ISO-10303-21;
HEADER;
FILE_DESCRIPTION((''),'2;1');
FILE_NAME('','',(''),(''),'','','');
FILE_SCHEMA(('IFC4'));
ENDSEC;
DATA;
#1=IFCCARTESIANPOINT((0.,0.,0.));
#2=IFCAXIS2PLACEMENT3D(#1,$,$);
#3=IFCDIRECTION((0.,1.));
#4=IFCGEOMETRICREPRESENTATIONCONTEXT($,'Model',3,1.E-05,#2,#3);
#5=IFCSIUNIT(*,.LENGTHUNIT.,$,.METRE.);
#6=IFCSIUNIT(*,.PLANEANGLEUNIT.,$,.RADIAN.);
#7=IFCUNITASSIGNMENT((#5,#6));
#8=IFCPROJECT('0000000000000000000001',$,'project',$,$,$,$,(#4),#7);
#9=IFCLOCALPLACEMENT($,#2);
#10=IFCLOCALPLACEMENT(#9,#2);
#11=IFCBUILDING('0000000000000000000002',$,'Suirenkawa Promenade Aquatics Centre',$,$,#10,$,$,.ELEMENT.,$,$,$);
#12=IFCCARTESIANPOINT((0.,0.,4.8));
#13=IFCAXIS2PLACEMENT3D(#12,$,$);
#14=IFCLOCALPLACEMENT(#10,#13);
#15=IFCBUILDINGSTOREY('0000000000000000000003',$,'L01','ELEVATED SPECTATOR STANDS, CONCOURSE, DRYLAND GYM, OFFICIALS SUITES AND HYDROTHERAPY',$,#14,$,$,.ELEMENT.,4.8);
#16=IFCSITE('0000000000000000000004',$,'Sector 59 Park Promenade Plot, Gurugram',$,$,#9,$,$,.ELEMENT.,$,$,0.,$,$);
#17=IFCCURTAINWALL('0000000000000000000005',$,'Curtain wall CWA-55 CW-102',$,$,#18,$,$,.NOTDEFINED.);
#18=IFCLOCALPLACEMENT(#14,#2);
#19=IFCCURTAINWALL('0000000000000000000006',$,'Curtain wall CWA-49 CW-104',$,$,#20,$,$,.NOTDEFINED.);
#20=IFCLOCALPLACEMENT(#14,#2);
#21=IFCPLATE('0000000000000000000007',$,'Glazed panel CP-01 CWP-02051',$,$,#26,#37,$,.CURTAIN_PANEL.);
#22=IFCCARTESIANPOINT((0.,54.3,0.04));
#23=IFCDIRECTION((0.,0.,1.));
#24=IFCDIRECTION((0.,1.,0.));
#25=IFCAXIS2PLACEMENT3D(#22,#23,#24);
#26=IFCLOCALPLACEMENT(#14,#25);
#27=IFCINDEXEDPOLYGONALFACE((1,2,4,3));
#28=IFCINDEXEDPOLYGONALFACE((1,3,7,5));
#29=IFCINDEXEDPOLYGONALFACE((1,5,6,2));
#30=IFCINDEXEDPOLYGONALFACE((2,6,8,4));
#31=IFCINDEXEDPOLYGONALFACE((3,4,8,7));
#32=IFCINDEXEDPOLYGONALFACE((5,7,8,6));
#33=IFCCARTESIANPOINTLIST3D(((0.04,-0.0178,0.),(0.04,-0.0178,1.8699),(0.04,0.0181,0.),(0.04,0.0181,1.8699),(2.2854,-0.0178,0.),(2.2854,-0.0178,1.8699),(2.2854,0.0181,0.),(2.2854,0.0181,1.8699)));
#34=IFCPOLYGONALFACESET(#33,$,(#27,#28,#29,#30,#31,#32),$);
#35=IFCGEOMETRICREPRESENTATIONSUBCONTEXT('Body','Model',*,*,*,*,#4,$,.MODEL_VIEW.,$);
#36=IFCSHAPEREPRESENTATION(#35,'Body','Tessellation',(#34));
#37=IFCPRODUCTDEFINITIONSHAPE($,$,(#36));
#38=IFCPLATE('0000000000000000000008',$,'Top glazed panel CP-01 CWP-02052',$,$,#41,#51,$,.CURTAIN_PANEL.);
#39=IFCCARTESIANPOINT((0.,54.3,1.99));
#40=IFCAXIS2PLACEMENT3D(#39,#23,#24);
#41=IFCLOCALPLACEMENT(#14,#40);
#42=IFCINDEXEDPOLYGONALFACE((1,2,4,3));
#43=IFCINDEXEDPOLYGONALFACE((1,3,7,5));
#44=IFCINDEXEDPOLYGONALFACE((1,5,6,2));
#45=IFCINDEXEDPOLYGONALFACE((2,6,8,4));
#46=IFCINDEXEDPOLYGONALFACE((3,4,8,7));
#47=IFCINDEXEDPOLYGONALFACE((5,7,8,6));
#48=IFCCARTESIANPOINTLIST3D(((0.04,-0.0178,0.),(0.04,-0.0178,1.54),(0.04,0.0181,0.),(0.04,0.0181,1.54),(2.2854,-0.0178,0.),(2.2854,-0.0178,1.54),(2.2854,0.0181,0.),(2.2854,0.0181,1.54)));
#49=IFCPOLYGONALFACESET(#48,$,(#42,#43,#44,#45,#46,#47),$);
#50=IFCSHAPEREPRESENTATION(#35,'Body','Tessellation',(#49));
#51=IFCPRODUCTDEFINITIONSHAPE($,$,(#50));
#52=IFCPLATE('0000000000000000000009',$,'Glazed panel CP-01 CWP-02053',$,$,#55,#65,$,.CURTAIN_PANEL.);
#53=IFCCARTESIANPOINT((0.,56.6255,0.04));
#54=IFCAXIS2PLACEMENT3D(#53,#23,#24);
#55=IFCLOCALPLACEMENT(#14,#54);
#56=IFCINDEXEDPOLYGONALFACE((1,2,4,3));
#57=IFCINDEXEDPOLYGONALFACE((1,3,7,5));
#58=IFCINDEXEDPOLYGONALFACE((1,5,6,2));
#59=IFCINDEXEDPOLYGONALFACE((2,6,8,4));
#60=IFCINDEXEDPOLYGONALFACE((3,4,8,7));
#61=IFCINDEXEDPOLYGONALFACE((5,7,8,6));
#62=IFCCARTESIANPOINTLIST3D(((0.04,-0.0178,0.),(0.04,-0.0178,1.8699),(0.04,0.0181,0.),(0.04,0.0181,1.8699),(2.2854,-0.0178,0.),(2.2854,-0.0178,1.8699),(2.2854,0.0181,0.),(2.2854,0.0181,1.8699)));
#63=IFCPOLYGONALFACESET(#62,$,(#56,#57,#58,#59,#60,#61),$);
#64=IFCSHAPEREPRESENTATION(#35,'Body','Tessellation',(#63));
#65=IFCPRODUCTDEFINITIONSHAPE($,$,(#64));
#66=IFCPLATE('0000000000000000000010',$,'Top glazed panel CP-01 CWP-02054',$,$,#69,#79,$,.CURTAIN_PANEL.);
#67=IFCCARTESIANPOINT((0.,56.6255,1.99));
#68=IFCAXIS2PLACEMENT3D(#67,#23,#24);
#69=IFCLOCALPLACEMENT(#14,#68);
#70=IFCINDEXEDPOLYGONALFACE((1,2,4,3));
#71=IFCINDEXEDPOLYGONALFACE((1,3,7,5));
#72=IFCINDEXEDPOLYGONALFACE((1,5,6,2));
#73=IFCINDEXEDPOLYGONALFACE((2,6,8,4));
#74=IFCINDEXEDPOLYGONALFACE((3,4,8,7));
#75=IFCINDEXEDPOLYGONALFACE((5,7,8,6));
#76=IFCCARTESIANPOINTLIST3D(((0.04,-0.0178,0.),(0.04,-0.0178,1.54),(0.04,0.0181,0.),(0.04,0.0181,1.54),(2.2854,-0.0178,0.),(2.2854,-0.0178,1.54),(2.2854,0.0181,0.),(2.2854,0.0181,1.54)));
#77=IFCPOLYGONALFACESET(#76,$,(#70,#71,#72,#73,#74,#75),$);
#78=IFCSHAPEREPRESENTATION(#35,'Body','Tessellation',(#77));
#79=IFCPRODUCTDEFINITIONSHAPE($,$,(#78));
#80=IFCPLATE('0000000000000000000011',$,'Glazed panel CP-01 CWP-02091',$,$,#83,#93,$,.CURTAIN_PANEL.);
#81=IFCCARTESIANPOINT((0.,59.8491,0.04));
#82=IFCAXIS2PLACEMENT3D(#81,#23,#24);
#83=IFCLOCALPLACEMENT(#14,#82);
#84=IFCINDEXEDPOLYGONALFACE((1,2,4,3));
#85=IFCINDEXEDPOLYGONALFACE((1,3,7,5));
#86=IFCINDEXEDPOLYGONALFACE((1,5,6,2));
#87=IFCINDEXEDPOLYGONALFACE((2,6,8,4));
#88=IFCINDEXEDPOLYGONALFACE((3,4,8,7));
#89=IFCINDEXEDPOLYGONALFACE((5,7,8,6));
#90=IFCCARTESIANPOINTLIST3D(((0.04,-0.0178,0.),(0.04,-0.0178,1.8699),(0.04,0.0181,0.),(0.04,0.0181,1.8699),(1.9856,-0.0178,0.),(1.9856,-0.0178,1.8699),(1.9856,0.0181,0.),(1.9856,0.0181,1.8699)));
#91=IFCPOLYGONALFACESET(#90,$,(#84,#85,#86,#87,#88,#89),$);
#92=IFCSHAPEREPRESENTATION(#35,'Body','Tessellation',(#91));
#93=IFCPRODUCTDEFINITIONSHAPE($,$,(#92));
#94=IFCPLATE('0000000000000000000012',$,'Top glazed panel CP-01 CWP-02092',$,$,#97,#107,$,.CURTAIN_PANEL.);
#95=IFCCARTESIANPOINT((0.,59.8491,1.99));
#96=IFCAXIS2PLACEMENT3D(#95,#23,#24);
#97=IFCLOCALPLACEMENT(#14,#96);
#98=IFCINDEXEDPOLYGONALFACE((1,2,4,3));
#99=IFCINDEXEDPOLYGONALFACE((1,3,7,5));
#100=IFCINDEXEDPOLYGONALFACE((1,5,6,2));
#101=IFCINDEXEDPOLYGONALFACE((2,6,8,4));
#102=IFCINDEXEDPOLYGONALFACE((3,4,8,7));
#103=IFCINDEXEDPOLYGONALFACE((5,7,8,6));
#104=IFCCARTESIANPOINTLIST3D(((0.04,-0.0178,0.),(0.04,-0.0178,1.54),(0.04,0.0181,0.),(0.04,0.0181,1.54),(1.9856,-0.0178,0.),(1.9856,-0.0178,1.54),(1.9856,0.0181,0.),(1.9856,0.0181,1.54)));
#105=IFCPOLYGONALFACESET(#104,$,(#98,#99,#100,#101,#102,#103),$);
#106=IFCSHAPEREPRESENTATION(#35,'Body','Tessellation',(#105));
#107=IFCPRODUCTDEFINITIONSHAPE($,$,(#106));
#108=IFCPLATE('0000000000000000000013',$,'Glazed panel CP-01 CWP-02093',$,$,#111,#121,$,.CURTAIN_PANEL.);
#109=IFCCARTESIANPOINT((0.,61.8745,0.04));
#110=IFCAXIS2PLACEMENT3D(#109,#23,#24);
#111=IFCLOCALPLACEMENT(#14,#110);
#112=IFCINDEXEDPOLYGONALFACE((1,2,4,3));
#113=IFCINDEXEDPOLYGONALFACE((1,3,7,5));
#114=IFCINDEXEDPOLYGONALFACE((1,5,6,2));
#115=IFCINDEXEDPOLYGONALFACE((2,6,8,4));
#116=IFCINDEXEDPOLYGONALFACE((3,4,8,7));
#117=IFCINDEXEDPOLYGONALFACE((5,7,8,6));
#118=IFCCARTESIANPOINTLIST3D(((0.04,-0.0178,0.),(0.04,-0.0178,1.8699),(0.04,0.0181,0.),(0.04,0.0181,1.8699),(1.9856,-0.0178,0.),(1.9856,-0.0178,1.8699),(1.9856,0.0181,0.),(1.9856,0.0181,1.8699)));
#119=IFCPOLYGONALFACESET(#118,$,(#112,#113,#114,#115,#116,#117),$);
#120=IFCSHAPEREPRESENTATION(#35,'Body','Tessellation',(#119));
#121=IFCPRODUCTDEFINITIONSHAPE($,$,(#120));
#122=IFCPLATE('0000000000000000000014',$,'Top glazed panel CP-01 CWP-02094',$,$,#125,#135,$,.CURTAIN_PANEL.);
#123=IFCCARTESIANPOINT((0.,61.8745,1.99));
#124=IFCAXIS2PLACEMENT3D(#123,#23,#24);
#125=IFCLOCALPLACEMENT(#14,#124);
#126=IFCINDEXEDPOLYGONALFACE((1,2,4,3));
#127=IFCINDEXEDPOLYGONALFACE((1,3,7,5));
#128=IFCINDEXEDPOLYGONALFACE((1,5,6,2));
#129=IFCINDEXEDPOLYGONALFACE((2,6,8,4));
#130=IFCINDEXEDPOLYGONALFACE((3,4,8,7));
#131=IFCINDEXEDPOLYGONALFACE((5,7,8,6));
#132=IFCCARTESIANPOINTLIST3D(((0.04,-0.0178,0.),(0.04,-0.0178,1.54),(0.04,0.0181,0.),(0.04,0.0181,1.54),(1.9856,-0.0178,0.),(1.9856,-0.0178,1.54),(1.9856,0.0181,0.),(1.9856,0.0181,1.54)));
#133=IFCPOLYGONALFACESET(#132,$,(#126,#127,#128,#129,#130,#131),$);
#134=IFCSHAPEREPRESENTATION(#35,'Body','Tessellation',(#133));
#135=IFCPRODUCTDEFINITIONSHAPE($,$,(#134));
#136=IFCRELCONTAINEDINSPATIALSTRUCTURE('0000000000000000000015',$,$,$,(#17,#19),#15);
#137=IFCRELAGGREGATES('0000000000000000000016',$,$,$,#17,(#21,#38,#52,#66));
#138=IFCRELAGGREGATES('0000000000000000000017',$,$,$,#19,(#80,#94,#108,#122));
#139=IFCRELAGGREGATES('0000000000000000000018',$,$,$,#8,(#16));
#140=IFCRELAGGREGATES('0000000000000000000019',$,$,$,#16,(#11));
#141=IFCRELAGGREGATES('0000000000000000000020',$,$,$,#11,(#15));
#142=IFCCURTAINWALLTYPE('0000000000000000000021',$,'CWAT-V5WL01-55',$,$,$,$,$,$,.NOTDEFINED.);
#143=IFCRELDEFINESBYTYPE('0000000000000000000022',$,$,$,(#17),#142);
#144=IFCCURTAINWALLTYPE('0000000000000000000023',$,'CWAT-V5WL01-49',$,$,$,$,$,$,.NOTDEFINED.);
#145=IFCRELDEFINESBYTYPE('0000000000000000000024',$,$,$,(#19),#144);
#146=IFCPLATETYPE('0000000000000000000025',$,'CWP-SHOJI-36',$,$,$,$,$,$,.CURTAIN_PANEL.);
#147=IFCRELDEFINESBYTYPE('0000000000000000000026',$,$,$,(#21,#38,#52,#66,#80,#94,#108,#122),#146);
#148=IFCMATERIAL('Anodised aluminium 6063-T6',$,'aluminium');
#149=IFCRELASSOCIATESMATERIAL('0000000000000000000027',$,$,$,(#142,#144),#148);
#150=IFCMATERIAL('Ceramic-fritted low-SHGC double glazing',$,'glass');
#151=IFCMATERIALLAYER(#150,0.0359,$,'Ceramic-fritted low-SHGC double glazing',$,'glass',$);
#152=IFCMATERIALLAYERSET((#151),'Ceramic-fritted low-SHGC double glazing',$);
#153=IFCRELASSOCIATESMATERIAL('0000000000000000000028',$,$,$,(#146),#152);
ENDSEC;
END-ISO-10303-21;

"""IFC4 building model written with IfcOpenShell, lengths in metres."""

from ifc_helpers import new_model, si_unit, direction, frame, origin, place, context, subcontext, project, spatial, polyline, outline, extrude, material, layer, layer_set, type_object, element, aggregate, save


model = new_model("IFC4")

# Units and contexts
model_context = context("Model", 3, precision=1e-05, world=origin(), true_north=direction((0.0, 1.0)))
body_context = subcontext(model_context, "Body", "Model", "MODEL_VIEW")
ifc_project = project(units=[si_unit("LENGTHUNIT", "METRE"), si_unit("PLANEANGLEUNIT", "RADIAN")], contexts=[model_context])

# Site, building, storey
site_placement = place(None, origin())
site = spatial("IfcSite", under=ifc_project, at=site_placement, Name="Sector 59 Park Promenade Plot, Gurugram", CompositionType="ELEMENT", RefElevation=0.0)
building_placement = place(site_placement, origin())
building = spatial("IfcBuilding", under=site, at=building_placement, Name="Suirenkawa Promenade Aquatics Centre", CompositionType="ELEMENT")
storey_placement = place(building_placement, frame((0.0, 0.0, 4.8)))
storey = spatial("IfcBuildingStorey", under=building, at=storey_placement, Name="L01", Description="ELEVATED SPECTATOR STANDS, CONCOURSE, DRYLAND GYM, OFFICIALS SUITES AND HYDROTHERAPY", CompositionType="ELEMENT", Elevation=4.8)

# Curtain walls
ifc_material_1 = material(Name="Anodised aluminium 6063-T6", Category="aluminium")
curtain_wall_type_1 = type_object("IfcCurtainWallType", Name="CWAT-V5WL01-55", PredefinedType="NOTDEFINED", material=ifc_material_1)
curtain_wall_1_placement = place(storey_placement, origin())
curtain_wall_1 = element("IfcCurtainWall", 1, at=curtain_wall_1_placement, inside=storey, type_object=curtain_wall_type_1, Name="Curtain wall CWA-55 CW-102", PredefinedType="NOTDEFINED")
curtain_wall_type_2 = type_object("IfcCurtainWallType", Name="CWAT-V5WL01-49", PredefinedType="NOTDEFINED", material=ifc_material_1)
curtain_wall_2_placement = place(storey_placement, origin())
curtain_wall_2 = element("IfcCurtainWall", 2, at=curtain_wall_2_placement, inside=storey, type_object=curtain_wall_type_2, Name="Curtain wall CWA-49 CW-104", PredefinedType="NOTDEFINED")

# Plates
ifc_material_2 = material(Name="Ceramic-fritted low-SHGC double glazing", Category="glass")
ifc_layer_1 = layer(ifc_material_2, 0.0359, Name="Ceramic-fritted low-SHGC double glazing", Category="glass")
ifc_layer_set_1 = layer_set([ifc_layer_1], Name="Ceramic-fritted low-SHGC double glazing")
plate_type = type_object("IfcPlateType", Name="CWP-SHOJI-36", PredefinedType="CURTAIN_PANEL", material=ifc_layer_set_1)
plate_1_placement = place(storey_placement, frame((0.0, 54.3, 0.04), z_axis=(0.0, 0.0, 1.0), x_axis=(0.0, 1.0, 0.0)))
plate_1 = element("IfcPlate", 3, at=plate_1_placement, type_object=plate_type, Name="Glazed panel CP-01 CWP-02051", PredefinedType="CURTAIN_PANEL", context=body_context, shape_type="SweptSolid", body=[
    extrude(outline(polyline([(0.04, 0.0), (2.2854, 0.0), (2.2854, 1.8699), (0.04, 1.8699), (0.04, 0.0)])), frame((0.0, 0.0181, 0.0), z_axis=(0.0, -1.0, 0.0), x_axis=(1.0, 0.0, 0.0)), (0.0, 0.0, 1.0), 0.0359),
])
plate_2_placement = place(storey_placement, frame((0.0, 54.3, 1.99), z_axis=(0.0, 0.0, 1.0), x_axis=(0.0, 1.0, 0.0)))
plate_2 = element("IfcPlate", 4, at=plate_2_placement, type_object=plate_type, Name="Top glazed panel CP-01 CWP-02052", PredefinedType="CURTAIN_PANEL", context=body_context, shape_type="SweptSolid", body=[
    extrude(outline(polyline([(0.04, 0.0), (2.2854, 0.0), (2.2854, 1.54), (0.04, 1.54), (0.04, 0.0)])), frame((0.0, 0.0181, 0.0), z_axis=(0.0, -1.0, 0.0), x_axis=(1.0, 0.0, 0.0)), (0.0, 0.0, 1.0), 0.0359),
])
plate_3_placement = place(storey_placement, frame((0.0, 56.6255, 0.04), z_axis=(0.0, 0.0, 1.0), x_axis=(0.0, 1.0, 0.0)))
plate_3 = element("IfcPlate", 5, at=plate_3_placement, type_object=plate_type, Name="Glazed panel CP-01 CWP-02053", PredefinedType="CURTAIN_PANEL", context=body_context, shape_type="SweptSolid", body=[
    extrude(outline(polyline([(0.04, 0.0), (2.2854, 0.0), (2.2854, 1.8699), (0.04, 1.8699), (0.04, 0.0)])), frame((0.0, 0.0181, 0.0), z_axis=(0.0, -1.0, 0.0), x_axis=(1.0, 0.0, 0.0)), (0.0, 0.0, 1.0), 0.0359),
])
plate_4_placement = place(storey_placement, frame((0.0, 56.6255, 1.99), z_axis=(0.0, 0.0, 1.0), x_axis=(0.0, 1.0, 0.0)))
plate_4 = element("IfcPlate", 6, at=plate_4_placement, type_object=plate_type, Name="Top glazed panel CP-01 CWP-02054", PredefinedType="CURTAIN_PANEL", context=body_context, shape_type="SweptSolid", body=[
    extrude(outline(polyline([(0.04, 0.0), (2.2854, 0.0), (2.2854, 1.54), (0.04, 1.54), (0.04, 0.0)])), frame((0.0, 0.0181, 0.0), z_axis=(0.0, -1.0, 0.0), x_axis=(1.0, 0.0, 0.0)), (0.0, 0.0, 1.0), 0.0359),
])
aggregate(curtain_wall_1, [plate_1, plate_2, plate_3, plate_4])
plate_5_placement = place(storey_placement, frame((0.0, 59.8491, 0.04), z_axis=(0.0, 0.0, 1.0), x_axis=(0.0, 1.0, 0.0)))
plate_5 = element("IfcPlate", 7, at=plate_5_placement, type_object=plate_type, Name="Glazed panel CP-01 CWP-02091", PredefinedType="CURTAIN_PANEL", context=body_context, shape_type="SweptSolid", body=[
    extrude(outline(polyline([(0.04, 0.0), (1.9856, 0.0), (1.9856, 1.8699), (0.04, 1.8699), (0.04, 0.0)])), frame((0.0, 0.0181, 0.0), z_axis=(0.0, -1.0, 0.0), x_axis=(1.0, 0.0, 0.0)), (0.0, 0.0, 1.0), 0.0359),
])
plate_6_placement = place(storey_placement, frame((0.0, 59.8491, 1.99), z_axis=(0.0, 0.0, 1.0), x_axis=(0.0, 1.0, 0.0)))
plate_6 = element("IfcPlate", 8, at=plate_6_placement, type_object=plate_type, Name="Top glazed panel CP-01 CWP-02092", PredefinedType="CURTAIN_PANEL", context=body_context, shape_type="SweptSolid", body=[
    extrude(outline(polyline([(0.04, 0.0), (1.9856, 0.0), (1.9856, 1.54), (0.04, 1.54), (0.04, 0.0)])), frame((0.0, 0.0181, 0.0), z_axis=(0.0, -1.0, 0.0), x_axis=(1.0, 0.0, 0.0)), (0.0, 0.0, 1.0), 0.0359),
])
plate_7_placement = place(storey_placement, frame((0.0, 61.8745, 0.04), z_axis=(0.0, 0.0, 1.0), x_axis=(0.0, 1.0, 0.0)))
plate_7 = element("IfcPlate", 9, at=plate_7_placement, type_object=plate_type, Name="Glazed panel CP-01 CWP-02093", PredefinedType="CURTAIN_PANEL", context=body_context, shape_type="SweptSolid", body=[
    extrude(outline(polyline([(0.04, 0.0), (1.9856, 0.0), (1.9856, 1.8699), (0.04, 1.8699), (0.04, 0.0)])), frame((0.0, 0.0181, 0.0), z_axis=(0.0, -1.0, 0.0), x_axis=(1.0, 0.0, 0.0)), (0.0, 0.0, 1.0), 0.0359),
])
plate_8_placement = place(storey_placement, frame((0.0, 61.8745, 1.99), z_axis=(0.0, 0.0, 1.0), x_axis=(0.0, 1.0, 0.0)))
plate_8 = element("IfcPlate", 10, at=plate_8_placement, type_object=plate_type, Name="Top glazed panel CP-01 CWP-02094", PredefinedType="CURTAIN_PANEL", context=body_context, shape_type="SweptSolid", body=[
    extrude(outline(polyline([(0.04, 0.0), (1.9856, 0.0), (1.9856, 1.54), (0.04, 1.54), (0.04, 0.0)])), frame((0.0, 0.0181, 0.0), z_axis=(0.0, -1.0, 0.0), x_axis=(1.0, 0.0, 0.0)), (0.0, 0.0, 1.0), 0.0359),
])
aggregate(curtain_wall_2, [plate_5, plate_6, plate_7, plate_8])

save(model, "model.ifc")
